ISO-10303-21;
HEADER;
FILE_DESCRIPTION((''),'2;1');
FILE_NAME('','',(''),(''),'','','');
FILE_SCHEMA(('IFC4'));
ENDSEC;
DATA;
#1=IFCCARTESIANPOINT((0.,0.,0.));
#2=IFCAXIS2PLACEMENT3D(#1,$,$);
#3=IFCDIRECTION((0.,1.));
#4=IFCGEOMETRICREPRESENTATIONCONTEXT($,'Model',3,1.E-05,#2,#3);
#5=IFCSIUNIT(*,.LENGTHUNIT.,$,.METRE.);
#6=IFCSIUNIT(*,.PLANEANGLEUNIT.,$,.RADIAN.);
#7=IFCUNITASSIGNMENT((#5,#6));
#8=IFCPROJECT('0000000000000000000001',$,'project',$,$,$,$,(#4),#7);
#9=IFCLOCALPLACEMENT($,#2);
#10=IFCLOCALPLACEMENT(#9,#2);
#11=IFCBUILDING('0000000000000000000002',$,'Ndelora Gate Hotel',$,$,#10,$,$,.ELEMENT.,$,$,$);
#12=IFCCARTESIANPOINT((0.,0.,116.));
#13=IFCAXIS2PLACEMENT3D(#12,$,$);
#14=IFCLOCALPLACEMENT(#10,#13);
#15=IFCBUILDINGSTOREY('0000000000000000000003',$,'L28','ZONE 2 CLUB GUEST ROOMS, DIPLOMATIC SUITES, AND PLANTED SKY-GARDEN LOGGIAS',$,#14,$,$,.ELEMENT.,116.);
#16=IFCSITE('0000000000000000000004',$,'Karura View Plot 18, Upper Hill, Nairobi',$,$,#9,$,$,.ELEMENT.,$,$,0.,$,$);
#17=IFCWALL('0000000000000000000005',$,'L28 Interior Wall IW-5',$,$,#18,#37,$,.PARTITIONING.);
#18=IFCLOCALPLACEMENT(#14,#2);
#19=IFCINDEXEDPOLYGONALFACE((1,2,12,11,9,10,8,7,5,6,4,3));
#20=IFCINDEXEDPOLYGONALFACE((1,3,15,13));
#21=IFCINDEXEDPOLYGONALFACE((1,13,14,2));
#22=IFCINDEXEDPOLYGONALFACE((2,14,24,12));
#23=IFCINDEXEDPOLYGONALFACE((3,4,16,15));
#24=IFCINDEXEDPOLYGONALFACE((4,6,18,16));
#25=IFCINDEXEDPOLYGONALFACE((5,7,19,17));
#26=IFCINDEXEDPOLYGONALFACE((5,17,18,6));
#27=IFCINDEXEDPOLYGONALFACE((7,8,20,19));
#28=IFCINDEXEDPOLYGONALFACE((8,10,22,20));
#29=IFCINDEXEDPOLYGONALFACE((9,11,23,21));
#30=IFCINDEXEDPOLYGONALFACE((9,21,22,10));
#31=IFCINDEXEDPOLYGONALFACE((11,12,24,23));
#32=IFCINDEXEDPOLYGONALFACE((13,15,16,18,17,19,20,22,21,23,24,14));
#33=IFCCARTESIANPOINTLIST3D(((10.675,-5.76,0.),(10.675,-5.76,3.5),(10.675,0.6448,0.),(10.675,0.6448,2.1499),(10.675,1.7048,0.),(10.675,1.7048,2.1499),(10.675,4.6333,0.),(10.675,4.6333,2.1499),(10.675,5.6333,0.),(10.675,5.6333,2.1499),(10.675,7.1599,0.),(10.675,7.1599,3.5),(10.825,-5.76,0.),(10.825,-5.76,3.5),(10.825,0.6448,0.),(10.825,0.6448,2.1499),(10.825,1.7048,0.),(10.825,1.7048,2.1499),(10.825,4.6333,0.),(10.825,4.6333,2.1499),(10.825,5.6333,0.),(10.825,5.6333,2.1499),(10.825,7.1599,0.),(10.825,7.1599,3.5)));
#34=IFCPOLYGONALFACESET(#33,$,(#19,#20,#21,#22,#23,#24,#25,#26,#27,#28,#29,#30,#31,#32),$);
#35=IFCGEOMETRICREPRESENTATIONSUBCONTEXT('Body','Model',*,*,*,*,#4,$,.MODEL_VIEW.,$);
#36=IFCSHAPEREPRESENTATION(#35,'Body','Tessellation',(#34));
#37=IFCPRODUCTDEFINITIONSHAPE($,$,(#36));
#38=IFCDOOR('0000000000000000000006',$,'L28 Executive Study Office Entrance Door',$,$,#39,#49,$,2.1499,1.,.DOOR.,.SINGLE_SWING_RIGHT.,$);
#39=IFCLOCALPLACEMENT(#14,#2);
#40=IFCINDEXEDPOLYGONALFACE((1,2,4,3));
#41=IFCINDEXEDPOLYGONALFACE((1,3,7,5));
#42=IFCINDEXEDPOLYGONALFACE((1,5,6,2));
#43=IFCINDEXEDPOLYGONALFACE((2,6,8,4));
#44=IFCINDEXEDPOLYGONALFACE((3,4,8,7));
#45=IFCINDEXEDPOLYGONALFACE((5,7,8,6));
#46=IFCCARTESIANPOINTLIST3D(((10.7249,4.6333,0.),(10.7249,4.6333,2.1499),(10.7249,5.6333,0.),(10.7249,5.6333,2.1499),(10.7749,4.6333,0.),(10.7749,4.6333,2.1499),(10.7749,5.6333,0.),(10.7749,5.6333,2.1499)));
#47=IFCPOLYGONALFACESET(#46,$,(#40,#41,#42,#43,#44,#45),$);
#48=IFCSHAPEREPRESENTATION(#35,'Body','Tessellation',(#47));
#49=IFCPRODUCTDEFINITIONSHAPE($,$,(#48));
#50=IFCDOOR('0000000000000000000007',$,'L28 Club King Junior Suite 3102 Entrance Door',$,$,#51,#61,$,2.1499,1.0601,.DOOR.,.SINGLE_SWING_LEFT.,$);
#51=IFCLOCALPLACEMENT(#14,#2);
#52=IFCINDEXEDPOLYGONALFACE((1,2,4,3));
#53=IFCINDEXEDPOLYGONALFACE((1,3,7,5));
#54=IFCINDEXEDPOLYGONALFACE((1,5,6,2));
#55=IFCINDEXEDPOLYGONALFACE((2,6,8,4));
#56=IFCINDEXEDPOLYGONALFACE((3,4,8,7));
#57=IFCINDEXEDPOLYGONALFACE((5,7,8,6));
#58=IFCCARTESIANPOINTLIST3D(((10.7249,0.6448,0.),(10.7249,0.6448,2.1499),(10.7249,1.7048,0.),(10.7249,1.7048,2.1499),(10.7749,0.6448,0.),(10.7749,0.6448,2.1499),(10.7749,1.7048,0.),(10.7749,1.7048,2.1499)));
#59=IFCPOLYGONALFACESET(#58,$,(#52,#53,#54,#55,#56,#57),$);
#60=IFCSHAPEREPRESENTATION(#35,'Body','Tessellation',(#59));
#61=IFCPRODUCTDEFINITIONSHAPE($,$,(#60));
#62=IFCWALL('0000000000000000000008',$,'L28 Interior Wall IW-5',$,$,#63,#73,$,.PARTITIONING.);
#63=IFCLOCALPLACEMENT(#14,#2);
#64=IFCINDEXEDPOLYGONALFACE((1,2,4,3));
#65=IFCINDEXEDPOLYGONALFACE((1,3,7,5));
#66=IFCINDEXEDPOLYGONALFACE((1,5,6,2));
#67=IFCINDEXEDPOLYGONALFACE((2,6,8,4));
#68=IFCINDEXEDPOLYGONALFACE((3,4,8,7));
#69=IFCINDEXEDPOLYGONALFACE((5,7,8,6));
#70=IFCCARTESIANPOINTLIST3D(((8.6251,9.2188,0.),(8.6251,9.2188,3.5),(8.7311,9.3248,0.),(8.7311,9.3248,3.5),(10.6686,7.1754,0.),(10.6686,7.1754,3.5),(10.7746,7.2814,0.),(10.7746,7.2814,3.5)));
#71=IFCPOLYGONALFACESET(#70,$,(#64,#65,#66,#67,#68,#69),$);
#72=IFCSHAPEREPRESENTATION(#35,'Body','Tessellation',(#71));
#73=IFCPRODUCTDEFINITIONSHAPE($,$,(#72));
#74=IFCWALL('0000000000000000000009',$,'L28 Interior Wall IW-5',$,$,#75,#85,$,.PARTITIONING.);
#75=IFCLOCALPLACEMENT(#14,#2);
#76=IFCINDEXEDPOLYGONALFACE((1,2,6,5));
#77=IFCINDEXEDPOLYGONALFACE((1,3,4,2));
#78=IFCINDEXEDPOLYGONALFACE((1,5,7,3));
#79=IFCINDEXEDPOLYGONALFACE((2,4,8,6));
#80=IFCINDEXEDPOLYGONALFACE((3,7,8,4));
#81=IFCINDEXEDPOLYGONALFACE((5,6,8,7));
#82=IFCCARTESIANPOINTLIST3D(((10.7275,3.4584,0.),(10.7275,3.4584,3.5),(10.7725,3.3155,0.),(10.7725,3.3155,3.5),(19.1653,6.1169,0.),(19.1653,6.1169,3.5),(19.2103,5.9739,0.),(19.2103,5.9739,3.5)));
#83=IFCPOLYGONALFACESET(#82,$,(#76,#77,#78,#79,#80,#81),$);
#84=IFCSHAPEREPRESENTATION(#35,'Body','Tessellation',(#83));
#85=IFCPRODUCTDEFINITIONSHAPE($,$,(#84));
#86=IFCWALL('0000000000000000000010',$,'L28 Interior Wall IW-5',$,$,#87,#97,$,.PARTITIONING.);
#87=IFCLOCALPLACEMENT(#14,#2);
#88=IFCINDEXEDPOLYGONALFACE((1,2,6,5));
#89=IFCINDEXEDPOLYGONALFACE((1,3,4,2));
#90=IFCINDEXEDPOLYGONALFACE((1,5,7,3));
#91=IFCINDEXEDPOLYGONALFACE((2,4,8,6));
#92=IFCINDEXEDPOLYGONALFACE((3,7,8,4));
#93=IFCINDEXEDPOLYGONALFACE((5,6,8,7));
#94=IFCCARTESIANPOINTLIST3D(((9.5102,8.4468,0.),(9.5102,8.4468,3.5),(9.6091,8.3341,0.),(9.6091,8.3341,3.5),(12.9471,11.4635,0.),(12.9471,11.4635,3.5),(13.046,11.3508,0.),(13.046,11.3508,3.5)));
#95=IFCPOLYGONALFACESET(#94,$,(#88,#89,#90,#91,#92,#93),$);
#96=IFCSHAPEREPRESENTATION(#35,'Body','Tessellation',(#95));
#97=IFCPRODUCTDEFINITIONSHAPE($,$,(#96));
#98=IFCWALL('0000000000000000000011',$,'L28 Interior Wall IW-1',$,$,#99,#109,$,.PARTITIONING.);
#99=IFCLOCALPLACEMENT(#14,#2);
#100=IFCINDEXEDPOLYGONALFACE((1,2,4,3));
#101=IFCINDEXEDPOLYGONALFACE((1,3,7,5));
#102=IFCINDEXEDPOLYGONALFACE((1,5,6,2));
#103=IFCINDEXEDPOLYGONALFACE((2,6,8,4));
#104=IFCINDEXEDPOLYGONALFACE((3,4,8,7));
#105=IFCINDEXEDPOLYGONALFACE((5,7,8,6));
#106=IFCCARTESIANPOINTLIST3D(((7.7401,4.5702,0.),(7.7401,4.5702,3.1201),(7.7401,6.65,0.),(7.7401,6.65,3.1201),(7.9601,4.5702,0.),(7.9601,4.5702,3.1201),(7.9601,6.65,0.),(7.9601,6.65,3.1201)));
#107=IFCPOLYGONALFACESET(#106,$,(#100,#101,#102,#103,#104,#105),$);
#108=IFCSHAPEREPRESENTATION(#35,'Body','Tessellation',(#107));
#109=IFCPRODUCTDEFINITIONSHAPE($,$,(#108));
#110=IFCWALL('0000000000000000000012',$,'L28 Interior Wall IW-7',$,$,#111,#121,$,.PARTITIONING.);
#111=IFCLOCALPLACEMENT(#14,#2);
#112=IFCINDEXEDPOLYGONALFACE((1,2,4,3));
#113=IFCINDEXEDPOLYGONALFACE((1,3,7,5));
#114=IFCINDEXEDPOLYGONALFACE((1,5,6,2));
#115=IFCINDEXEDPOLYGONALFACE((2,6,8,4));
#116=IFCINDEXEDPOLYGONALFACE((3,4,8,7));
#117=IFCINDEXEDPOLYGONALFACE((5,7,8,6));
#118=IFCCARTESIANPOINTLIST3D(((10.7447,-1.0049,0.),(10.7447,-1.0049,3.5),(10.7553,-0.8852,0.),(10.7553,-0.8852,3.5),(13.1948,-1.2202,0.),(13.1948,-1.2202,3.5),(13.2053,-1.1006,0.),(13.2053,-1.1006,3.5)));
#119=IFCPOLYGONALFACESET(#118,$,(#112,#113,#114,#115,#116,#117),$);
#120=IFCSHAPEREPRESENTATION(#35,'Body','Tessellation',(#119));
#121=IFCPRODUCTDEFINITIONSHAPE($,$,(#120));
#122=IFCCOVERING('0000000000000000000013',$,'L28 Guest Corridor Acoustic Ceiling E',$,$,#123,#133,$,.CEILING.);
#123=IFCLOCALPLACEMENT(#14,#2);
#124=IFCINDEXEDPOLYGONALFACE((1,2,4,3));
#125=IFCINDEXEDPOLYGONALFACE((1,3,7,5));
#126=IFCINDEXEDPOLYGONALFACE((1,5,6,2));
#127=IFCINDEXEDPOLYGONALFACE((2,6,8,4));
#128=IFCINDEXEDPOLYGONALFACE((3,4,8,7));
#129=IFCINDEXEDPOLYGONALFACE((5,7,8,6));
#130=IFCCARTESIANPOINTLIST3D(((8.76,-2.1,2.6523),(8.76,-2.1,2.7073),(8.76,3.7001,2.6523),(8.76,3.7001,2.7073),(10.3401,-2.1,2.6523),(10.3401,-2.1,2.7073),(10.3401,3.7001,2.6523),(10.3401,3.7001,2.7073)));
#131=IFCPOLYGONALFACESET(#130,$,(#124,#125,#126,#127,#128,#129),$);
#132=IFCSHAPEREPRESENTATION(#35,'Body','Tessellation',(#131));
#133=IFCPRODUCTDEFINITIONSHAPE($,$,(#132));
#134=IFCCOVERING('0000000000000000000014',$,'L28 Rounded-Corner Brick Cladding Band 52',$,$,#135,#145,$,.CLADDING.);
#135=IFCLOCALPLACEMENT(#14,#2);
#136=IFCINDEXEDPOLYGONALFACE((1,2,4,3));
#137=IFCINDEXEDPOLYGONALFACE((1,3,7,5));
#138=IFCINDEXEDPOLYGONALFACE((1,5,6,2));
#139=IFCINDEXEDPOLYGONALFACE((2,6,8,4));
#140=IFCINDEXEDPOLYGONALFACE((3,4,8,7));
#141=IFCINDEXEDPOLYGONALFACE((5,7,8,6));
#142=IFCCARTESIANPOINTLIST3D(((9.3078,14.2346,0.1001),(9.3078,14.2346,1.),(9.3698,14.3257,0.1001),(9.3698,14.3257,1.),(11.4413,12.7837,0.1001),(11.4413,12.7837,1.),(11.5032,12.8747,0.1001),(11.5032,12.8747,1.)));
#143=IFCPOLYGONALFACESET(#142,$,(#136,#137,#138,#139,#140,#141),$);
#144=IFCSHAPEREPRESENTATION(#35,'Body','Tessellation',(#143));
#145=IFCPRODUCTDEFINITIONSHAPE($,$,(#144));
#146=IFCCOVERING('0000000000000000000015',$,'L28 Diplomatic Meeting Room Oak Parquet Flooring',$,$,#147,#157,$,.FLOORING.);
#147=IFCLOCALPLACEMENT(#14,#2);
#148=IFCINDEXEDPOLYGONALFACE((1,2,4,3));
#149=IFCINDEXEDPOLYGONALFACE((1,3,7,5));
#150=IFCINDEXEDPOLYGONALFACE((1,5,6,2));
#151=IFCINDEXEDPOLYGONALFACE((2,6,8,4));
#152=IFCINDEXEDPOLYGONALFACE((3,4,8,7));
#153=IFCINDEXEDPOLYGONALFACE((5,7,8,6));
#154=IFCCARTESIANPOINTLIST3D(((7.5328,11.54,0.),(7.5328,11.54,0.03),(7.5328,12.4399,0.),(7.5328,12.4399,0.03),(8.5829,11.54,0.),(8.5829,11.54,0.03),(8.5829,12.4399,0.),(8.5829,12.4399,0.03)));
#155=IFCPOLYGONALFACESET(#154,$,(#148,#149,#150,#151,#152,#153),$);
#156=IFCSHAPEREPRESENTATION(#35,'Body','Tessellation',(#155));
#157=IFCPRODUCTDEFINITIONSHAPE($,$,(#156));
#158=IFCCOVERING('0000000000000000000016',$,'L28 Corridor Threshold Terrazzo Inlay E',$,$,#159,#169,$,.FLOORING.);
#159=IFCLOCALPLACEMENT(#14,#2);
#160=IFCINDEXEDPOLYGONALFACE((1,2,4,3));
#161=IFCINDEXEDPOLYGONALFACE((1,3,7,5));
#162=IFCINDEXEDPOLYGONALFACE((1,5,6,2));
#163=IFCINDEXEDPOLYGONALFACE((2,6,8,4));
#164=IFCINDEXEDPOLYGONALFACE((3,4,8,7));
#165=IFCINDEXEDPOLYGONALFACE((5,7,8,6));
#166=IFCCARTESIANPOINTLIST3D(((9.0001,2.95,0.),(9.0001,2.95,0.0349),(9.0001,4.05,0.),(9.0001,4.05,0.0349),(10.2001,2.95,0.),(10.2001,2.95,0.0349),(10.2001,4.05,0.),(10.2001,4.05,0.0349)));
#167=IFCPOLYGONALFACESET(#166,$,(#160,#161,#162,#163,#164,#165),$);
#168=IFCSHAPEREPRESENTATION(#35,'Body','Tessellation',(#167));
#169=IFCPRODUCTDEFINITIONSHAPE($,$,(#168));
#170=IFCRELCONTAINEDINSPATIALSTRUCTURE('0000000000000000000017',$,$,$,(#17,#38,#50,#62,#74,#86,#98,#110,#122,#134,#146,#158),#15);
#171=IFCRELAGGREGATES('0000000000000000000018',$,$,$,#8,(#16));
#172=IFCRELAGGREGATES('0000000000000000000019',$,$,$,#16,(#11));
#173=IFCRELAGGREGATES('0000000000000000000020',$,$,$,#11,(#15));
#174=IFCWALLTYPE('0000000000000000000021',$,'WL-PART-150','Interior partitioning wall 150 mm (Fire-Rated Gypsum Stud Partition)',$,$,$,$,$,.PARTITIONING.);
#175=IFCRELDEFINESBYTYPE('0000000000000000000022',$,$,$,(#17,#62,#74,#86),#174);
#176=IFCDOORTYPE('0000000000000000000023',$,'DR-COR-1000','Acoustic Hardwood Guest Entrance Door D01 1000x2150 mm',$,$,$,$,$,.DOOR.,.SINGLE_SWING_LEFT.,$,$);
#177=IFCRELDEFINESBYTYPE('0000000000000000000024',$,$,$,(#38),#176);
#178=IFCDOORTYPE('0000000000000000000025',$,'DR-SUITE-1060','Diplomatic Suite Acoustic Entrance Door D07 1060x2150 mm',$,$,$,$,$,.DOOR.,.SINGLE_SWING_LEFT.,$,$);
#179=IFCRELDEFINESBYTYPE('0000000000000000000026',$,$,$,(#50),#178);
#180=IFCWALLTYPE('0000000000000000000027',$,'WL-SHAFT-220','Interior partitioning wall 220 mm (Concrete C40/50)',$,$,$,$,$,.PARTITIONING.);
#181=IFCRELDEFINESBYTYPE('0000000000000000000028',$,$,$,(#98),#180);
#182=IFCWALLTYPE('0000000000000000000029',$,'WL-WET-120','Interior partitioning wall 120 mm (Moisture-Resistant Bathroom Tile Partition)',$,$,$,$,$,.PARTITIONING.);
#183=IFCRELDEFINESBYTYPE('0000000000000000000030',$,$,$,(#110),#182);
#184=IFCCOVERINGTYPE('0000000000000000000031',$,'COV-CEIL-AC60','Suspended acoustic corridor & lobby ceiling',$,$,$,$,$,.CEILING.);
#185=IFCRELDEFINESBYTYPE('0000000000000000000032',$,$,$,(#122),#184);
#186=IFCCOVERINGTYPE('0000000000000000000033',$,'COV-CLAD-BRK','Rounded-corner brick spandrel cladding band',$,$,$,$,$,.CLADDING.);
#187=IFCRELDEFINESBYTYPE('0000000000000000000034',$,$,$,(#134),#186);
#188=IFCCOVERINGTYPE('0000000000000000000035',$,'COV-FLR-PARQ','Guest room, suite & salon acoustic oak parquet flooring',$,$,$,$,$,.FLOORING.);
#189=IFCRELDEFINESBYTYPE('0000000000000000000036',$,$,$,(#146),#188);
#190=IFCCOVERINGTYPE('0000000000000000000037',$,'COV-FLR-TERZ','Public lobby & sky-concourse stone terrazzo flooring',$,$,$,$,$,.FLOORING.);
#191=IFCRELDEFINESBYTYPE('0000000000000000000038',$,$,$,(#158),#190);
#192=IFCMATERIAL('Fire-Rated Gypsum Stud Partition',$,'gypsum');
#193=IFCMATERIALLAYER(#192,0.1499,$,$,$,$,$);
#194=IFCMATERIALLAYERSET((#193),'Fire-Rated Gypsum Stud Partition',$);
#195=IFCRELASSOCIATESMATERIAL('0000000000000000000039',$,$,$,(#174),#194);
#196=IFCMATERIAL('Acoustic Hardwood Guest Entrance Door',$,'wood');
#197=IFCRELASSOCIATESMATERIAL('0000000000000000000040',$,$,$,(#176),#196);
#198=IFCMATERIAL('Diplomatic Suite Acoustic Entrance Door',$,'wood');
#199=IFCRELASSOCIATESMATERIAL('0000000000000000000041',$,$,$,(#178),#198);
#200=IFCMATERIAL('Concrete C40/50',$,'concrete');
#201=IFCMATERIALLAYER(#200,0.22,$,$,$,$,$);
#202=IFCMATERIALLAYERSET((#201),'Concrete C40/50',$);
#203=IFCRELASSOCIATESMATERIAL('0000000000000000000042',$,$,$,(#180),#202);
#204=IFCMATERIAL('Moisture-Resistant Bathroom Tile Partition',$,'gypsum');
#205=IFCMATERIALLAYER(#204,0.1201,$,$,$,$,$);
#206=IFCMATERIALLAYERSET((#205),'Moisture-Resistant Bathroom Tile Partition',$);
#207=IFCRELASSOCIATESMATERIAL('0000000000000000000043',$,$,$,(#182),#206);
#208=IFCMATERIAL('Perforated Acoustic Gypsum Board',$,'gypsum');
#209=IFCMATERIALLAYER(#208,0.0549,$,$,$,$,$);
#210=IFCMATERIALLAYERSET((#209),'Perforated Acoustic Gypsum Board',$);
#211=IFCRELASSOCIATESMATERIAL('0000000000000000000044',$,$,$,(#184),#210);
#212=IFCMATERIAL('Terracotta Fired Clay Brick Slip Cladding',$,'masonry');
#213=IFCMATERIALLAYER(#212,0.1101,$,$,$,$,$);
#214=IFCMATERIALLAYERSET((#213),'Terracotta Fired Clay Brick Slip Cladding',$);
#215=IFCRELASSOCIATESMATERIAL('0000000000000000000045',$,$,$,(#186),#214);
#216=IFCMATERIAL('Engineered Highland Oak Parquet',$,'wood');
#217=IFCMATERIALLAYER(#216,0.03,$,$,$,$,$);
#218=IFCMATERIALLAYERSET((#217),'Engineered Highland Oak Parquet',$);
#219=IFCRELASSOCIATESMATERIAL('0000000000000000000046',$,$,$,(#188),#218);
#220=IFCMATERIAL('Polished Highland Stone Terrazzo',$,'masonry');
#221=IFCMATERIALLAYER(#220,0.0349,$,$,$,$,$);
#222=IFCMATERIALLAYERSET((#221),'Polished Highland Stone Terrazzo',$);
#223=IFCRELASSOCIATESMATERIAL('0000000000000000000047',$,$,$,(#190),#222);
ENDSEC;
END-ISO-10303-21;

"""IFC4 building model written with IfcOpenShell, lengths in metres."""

from ifc_helpers import new_model, si_unit, direction, frame, frame_2d, origin, origin_2d, place, context, subcontext, project, spatial, rectangle, extrude, material, layer, layer_set, type_object, element, fill, save


model = new_model("IFC4")

# Units and contexts
model_context = context("Model", 3, precision=1e-05, world=origin(), true_north=direction((0.0, 1.0)))
body_context = subcontext(model_context, "Body", "Model", "MODEL_VIEW")
ifc_project = project(units=[si_unit("LENGTHUNIT", "METRE"), si_unit("PLANEANGLEUNIT", "RADIAN")], contexts=[model_context])

# Site, building, storey
site_placement = place(None, origin())
site = spatial("IfcSite", under=ifc_project, at=site_placement, Name="Karura View Plot 18, Upper Hill, Nairobi", CompositionType="ELEMENT", RefElevation=0.0)
building_placement = place(site_placement, origin())
building = spatial("IfcBuilding", under=site, at=building_placement, Name="Ndelora Gate Hotel", CompositionType="ELEMENT")
storey_placement = place(building_placement, frame((0.0, 0.0, 116.0)))
storey = spatial("IfcBuildingStorey", under=building, at=storey_placement, Name="L28", Description="ZONE 2 CLUB GUEST ROOMS, DIPLOMATIC SUITES, AND PLANTED SKY-GARDEN LOGGIAS", CompositionType="ELEMENT", Elevation=116.0)

# Shared definitions
ifc_material_1 = material(Name="Concrete C40/50", Category="concrete")

# Wall, openings, doors
ifc_material_2 = material(Name="Fire-Rated Gypsum Stud Partition", Category="gypsum")
ifc_layer_1 = layer(ifc_material_2, 0.1499)
ifc_layer_set_1 = layer_set([ifc_layer_1], Name="Fire-Rated Gypsum Stud Partition")
wall_type_1 = type_object("IfcWallType", Name="WL-PART-150", Description="Interior partitioning wall 150 mm (Fire-Rated Gypsum Stud Partition)", PredefinedType="PARTITIONING", material=ifc_layer_set_1)
wall_1_placement = place(storey_placement, frame((10.75, 7.1599, 0.0), z_axis=(0.0, 0.0, 1.0), x_axis=(0.0, -1.0, 0.0)))
wall_1 = element("IfcWall", 1, at=wall_1_placement, inside=storey, type_object=wall_type_1, Name="L28 Interior Wall IW-5", PredefinedType="PARTITIONING", context=body_context, shape_type="SweptSolid", body=[
    extrude(rectangle(XDim=12.9199, YDim=0.1499, at=frame_2d((6.46, 0.0))), origin(), (0.0, 0.0, 1.0), 3.5),
])
opening_1_placement = place(wall_1_placement, frame((1.5266, 0.0, 0.0)))
opening_1 = element("IfcOpeningElement", 2, at=opening_1_placement, cuts=wall_1, PredefinedType="OPENING", context=body_context, shape_type="SweptSolid", body=[
    extrude(rectangle(XDim=1.0, YDim=2.1499, at=frame_2d((0.5, 1.075))), frame((0.0, 0.085, 0.0), z_axis=(0.0, -1.0, 0.0), x_axis=(1.0, 0.0, 0.0)), (0.0, 0.0, 1.0), 0.1699),
])
opening_2_placement = place(wall_1_placement, frame((5.4551, 0.0, 0.0)))
opening_2 = element("IfcOpeningElement", 3, at=opening_2_placement, cuts=wall_1, PredefinedType="OPENING", context=body_context, shape_type="SweptSolid", body=[
    extrude(rectangle(XDim=1.0601, YDim=2.1499, at=frame_2d((0.53, 1.075))), frame((0.0, 0.085, 0.0), z_axis=(0.0, -1.0, 0.0), x_axis=(1.0, 0.0, 0.0)), (0.0, 0.0, 1.0), 0.1699),
])
ifc_material_3 = material(Name="Acoustic Hardwood Guest Entrance Door", Category="wood")
door_type_1 = type_object("IfcDoorType", Name="DR-COR-1000", Description="Acoustic Hardwood Guest Entrance Door D01 1000x2150 mm", OperationType="SINGLE_SWING_LEFT", PredefinedType="DOOR", material=ifc_material_3)
door_1_placement = place(opening_1_placement, origin())
door_1 = element("IfcDoor", 4, at=door_1_placement, inside=storey, type_object=door_type_1, Name="L28 Executive Study Office Entrance Door", OperationType="SINGLE_SWING_RIGHT", OverallHeight=2.1499, OverallWidth=1.0, PredefinedType="DOOR", context=body_context, shape_type="SweptSolid", body=[
    extrude(rectangle(XDim=1.0, YDim=2.1499, at=frame_2d((0.5, 1.075))), frame((0.0, 0.0249, 0.0), z_axis=(0.0, -1.0, 0.0), x_axis=(1.0, 0.0, 0.0)), (0.0, 0.0, 1.0), 0.05),
])
fill(opening_1, door_1)
ifc_material_4 = material(Name="Diplomatic Suite Acoustic Entrance Door", Category="wood")
door_type_2 = type_object("IfcDoorType", Name="DR-SUITE-1060", Description="Diplomatic Suite Acoustic Entrance Door D07 1060x2150 mm", OperationType="SINGLE_SWING_LEFT", PredefinedType="DOOR", material=ifc_material_4)
door_2_placement = place(opening_2_placement, origin())
door_2 = element("IfcDoor", 5, at=door_2_placement, inside=storey, type_object=door_type_2, Name="L28 Club King Junior Suite 3102 Entrance Door", OperationType="SINGLE_SWING_LEFT", OverallHeight=2.1499, OverallWidth=1.0601, PredefinedType="DOOR", context=body_context, shape_type="SweptSolid", body=[
    extrude(rectangle(XDim=1.0601, YDim=2.1499, at=frame_2d((0.53, 1.075))), frame((0.0, 0.0249, 0.0), z_axis=(0.0, -1.0, 0.0), x_axis=(1.0, 0.0, 0.0)), (0.0, 0.0, 1.0), 0.05),
])
fill(opening_2, door_2)

# Walls
wall_2_placement = place(storey_placement, frame((8.6782, 9.2717, 0.0), z_axis=(0.0, 0.0, 1.0), x_axis=(0.707107, -0.707107, 0.0)))
element("IfcWall", 6, at=wall_2_placement, inside=storey, type_object=wall_type_1, Name="L28 Interior Wall IW-5", PredefinedType="PARTITIONING", context=body_context, shape_type="SweptSolid", body=[
    extrude(rectangle(XDim=2.8899, YDim=0.1499, at=frame_2d((1.4448, 0.0))), origin(), (0.0, 0.0, 1.0), 3.5),
])
wall_3_placement = place(storey_placement, frame((10.75, 3.387, 0.0), z_axis=(0.0, 0.0, 1.0), x_axis=(0.953781, 0.300504, 0.0)))
element("IfcWall", 7, at=wall_3_placement, inside=storey, type_object=wall_type_1, Name="L28 Interior Wall IW-5", PredefinedType="PARTITIONING", context=body_context, shape_type="SweptSolid", body=[
    extrude(rectangle(XDim=8.8467, YDim=0.1499, at=frame_2d((4.4233, 0.0))), origin(), (0.0, 0.0, 1.0), 3.5),
])
wall_4_placement = place(storey_placement, frame((9.5596, 8.3904, 0.0), z_axis=(0.0, 0.0, 1.0), x_axis=(0.751554, 0.659672, 0.0)))
element("IfcWall", 8, at=wall_4_placement, inside=storey, type_object=wall_type_1, Name="L28 Interior Wall IW-5", PredefinedType="PARTITIONING", context=body_context, shape_type="SweptSolid", body=[
    extrude(rectangle(XDim=4.573, YDim=0.1499, at=frame_2d((2.2866, 0.0))), origin(), (0.0, 0.0, 1.0), 3.5),
])
ifc_layer_2 = layer(ifc_material_1, 0.22)
ifc_layer_set_2 = layer_set([ifc_layer_2], Name="Concrete C40/50")
wall_type_2 = type_object("IfcWallType", Name="WL-SHAFT-220", Description="Interior partitioning wall 220 mm (Concrete C40/50)", PredefinedType="PARTITIONING", material=ifc_layer_set_2)
wall_5_placement = place(storey_placement, frame((7.8501, 4.5701, 0.0), z_axis=(0.0, 0.0, 1.0), x_axis=(0.0, 1.0, 0.0)))
element("IfcWall", 9, at=wall_5_placement, inside=storey, type_object=wall_type_2, Name="L28 Interior Wall IW-1", PredefinedType="PARTITIONING", context=body_context, shape_type="SweptSolid", body=[
    extrude(rectangle(XDim=2.0798, YDim=0.22, at=frame_2d((1.04, 0.0))), origin(), (0.0, 0.0, 1.0), 3.1201),
])
ifc_material_5 = material(Name="Moisture-Resistant Bathroom Tile Partition", Category="gypsum")
ifc_layer_3 = layer(ifc_material_5, 0.1201)
ifc_layer_set_3 = layer_set([ifc_layer_3], Name="Moisture-Resistant Bathroom Tile Partition")
wall_type_3 = type_object("IfcWallType", Name="WL-WET-120", Description="Interior partitioning wall 120 mm (Moisture-Resistant Bathroom Tile Partition)", PredefinedType="PARTITIONING", material=ifc_layer_set_3)
wall_6_placement = place(storey_placement, frame((10.75, -0.9451, 0.0), z_axis=(0.0, 0.0, 1.0), x_axis=(0.99616, -0.087555, 0.0)))
element("IfcWall", 10, at=wall_6_placement, inside=storey, type_object=wall_type_3, Name="L28 Interior Wall IW-7", PredefinedType="PARTITIONING", context=body_context, shape_type="SweptSolid", body=[
    extrude(rectangle(XDim=2.4595, YDim=0.1201, at=frame_2d((1.2297, 0.0))), origin(), (0.0, 0.0, 1.0), 3.5),
])

# Coverings
ifc_material_6 = material(Name="Perforated Acoustic Gypsum Board", Category="gypsum")
ifc_layer_4 = layer(ifc_material_6, 0.0549)
ifc_layer_set_4 = layer_set([ifc_layer_4], Name="Perforated Acoustic Gypsum Board")
covering_type_1 = type_object("IfcCoveringType", Name="COV-CEIL-AC60", Description="Suspended acoustic corridor & lobby ceiling", PredefinedType="CEILING", material=ifc_layer_set_4)
covering_1_placement = place(storey_placement, frame((9.55, 0.8, 2.6523), z_axis=(0.0, 0.0, 1.0), x_axis=(1.0, 0.0, 0.0)))
element("IfcCovering", 11, at=covering_1_placement, inside=storey, type_object=covering_type_1, Name="L28 Guest Corridor Acoustic Ceiling E", PredefinedType="CEILING", context=body_context, shape_type="SweptSolid", body=[
    extrude(rectangle(XDim=1.5801, YDim=5.8, at=origin_2d()), origin(), (0.0, 0.0, 1.0), 0.0549),
])
ifc_material_7 = material(Name="Terracotta Fired Clay Brick Slip Cladding", Category="masonry")
ifc_layer_5 = layer(ifc_material_7, 0.1101)
ifc_layer_set_5 = layer_set([ifc_layer_5], Name="Terracotta Fired Clay Brick Slip Cladding")
covering_type_2 = type_object("IfcCoveringType", Name="COV-CLAD-BRK", Description="Rounded-corner brick spandrel cladding band", PredefinedType="CLADDING", material=ifc_layer_set_5)
covering_2_placement = place(storey_placement, frame((10.4055, 13.5547, 0.1001), z_axis=(0.0, 0.0, 1.0), x_axis=(-0.826884, 0.562372, 0.0)))
element("IfcCovering", 12, at=covering_2_placement, inside=storey, type_object=covering_type_2, Name="L28 Rounded-Corner Brick Cladding Band 52", PredefinedType="CLADDING", context=body_context, shape_type="SweptSolid", body=[
    extrude(rectangle(XDim=2.5801, YDim=0.1101, at=origin_2d()), origin(), (0.0, 0.0, 1.0), 0.8999),
])
ifc_material_8 = material(Name="Engineered Highland Oak Parquet", Category="wood")
ifc_layer_6 = layer(ifc_material_8, 0.03)
ifc_layer_set_6 = layer_set([ifc_layer_6], Name="Engineered Highland Oak Parquet")
covering_type_3 = type_object("IfcCoveringType", Name="COV-FLR-PARQ", Description="Guest room, suite & salon acoustic oak parquet flooring", PredefinedType="FLOORING", material=ifc_layer_set_6)
covering_3_placement = place(storey_placement, frame((8.0579, 11.99, 0.0), z_axis=(0.0, 0.0, 1.0), x_axis=(1.0, 0.0, 0.0)))
element("IfcCovering", 13, at=covering_3_placement, inside=storey, type_object=covering_type_3, Name="L28 Diplomatic Meeting Room Oak Parquet Flooring", PredefinedType="FLOORING", context=body_context, shape_type="SweptSolid", body=[
    extrude(rectangle(XDim=1.05, YDim=0.8999, at=origin_2d()), origin(), (0.0, 0.0, 1.0), 0.03),
])
ifc_material_9 = material(Name="Polished Highland Stone Terrazzo", Category="masonry")
ifc_layer_7 = layer(ifc_material_9, 0.0349)
ifc_layer_set_7 = layer_set([ifc_layer_7], Name="Polished Highland Stone Terrazzo")
covering_type_4 = type_object("IfcCoveringType", Name="COV-FLR-TERZ", Description="Public lobby & sky-concourse stone terrazzo flooring", PredefinedType="FLOORING", material=ifc_layer_set_7)
covering_4_placement = place(storey_placement, frame((9.6001, 3.5, 0.0), z_axis=(0.0, 0.0, 1.0), x_axis=(1.0, 0.0, 0.0)))
element("IfcCovering", 14, at=covering_4_placement, inside=storey, type_object=covering_type_4, Name="L28 Corridor Threshold Terrazzo Inlay E", PredefinedType="FLOORING", context=body_context, shape_type="SweptSolid", body=[
    extrude(rectangle(XDim=1.2, YDim=1.1001, at=origin_2d()), origin(), (0.0, 0.0, 1.0), 0.0349),
])

save(model, "model.ifc")
